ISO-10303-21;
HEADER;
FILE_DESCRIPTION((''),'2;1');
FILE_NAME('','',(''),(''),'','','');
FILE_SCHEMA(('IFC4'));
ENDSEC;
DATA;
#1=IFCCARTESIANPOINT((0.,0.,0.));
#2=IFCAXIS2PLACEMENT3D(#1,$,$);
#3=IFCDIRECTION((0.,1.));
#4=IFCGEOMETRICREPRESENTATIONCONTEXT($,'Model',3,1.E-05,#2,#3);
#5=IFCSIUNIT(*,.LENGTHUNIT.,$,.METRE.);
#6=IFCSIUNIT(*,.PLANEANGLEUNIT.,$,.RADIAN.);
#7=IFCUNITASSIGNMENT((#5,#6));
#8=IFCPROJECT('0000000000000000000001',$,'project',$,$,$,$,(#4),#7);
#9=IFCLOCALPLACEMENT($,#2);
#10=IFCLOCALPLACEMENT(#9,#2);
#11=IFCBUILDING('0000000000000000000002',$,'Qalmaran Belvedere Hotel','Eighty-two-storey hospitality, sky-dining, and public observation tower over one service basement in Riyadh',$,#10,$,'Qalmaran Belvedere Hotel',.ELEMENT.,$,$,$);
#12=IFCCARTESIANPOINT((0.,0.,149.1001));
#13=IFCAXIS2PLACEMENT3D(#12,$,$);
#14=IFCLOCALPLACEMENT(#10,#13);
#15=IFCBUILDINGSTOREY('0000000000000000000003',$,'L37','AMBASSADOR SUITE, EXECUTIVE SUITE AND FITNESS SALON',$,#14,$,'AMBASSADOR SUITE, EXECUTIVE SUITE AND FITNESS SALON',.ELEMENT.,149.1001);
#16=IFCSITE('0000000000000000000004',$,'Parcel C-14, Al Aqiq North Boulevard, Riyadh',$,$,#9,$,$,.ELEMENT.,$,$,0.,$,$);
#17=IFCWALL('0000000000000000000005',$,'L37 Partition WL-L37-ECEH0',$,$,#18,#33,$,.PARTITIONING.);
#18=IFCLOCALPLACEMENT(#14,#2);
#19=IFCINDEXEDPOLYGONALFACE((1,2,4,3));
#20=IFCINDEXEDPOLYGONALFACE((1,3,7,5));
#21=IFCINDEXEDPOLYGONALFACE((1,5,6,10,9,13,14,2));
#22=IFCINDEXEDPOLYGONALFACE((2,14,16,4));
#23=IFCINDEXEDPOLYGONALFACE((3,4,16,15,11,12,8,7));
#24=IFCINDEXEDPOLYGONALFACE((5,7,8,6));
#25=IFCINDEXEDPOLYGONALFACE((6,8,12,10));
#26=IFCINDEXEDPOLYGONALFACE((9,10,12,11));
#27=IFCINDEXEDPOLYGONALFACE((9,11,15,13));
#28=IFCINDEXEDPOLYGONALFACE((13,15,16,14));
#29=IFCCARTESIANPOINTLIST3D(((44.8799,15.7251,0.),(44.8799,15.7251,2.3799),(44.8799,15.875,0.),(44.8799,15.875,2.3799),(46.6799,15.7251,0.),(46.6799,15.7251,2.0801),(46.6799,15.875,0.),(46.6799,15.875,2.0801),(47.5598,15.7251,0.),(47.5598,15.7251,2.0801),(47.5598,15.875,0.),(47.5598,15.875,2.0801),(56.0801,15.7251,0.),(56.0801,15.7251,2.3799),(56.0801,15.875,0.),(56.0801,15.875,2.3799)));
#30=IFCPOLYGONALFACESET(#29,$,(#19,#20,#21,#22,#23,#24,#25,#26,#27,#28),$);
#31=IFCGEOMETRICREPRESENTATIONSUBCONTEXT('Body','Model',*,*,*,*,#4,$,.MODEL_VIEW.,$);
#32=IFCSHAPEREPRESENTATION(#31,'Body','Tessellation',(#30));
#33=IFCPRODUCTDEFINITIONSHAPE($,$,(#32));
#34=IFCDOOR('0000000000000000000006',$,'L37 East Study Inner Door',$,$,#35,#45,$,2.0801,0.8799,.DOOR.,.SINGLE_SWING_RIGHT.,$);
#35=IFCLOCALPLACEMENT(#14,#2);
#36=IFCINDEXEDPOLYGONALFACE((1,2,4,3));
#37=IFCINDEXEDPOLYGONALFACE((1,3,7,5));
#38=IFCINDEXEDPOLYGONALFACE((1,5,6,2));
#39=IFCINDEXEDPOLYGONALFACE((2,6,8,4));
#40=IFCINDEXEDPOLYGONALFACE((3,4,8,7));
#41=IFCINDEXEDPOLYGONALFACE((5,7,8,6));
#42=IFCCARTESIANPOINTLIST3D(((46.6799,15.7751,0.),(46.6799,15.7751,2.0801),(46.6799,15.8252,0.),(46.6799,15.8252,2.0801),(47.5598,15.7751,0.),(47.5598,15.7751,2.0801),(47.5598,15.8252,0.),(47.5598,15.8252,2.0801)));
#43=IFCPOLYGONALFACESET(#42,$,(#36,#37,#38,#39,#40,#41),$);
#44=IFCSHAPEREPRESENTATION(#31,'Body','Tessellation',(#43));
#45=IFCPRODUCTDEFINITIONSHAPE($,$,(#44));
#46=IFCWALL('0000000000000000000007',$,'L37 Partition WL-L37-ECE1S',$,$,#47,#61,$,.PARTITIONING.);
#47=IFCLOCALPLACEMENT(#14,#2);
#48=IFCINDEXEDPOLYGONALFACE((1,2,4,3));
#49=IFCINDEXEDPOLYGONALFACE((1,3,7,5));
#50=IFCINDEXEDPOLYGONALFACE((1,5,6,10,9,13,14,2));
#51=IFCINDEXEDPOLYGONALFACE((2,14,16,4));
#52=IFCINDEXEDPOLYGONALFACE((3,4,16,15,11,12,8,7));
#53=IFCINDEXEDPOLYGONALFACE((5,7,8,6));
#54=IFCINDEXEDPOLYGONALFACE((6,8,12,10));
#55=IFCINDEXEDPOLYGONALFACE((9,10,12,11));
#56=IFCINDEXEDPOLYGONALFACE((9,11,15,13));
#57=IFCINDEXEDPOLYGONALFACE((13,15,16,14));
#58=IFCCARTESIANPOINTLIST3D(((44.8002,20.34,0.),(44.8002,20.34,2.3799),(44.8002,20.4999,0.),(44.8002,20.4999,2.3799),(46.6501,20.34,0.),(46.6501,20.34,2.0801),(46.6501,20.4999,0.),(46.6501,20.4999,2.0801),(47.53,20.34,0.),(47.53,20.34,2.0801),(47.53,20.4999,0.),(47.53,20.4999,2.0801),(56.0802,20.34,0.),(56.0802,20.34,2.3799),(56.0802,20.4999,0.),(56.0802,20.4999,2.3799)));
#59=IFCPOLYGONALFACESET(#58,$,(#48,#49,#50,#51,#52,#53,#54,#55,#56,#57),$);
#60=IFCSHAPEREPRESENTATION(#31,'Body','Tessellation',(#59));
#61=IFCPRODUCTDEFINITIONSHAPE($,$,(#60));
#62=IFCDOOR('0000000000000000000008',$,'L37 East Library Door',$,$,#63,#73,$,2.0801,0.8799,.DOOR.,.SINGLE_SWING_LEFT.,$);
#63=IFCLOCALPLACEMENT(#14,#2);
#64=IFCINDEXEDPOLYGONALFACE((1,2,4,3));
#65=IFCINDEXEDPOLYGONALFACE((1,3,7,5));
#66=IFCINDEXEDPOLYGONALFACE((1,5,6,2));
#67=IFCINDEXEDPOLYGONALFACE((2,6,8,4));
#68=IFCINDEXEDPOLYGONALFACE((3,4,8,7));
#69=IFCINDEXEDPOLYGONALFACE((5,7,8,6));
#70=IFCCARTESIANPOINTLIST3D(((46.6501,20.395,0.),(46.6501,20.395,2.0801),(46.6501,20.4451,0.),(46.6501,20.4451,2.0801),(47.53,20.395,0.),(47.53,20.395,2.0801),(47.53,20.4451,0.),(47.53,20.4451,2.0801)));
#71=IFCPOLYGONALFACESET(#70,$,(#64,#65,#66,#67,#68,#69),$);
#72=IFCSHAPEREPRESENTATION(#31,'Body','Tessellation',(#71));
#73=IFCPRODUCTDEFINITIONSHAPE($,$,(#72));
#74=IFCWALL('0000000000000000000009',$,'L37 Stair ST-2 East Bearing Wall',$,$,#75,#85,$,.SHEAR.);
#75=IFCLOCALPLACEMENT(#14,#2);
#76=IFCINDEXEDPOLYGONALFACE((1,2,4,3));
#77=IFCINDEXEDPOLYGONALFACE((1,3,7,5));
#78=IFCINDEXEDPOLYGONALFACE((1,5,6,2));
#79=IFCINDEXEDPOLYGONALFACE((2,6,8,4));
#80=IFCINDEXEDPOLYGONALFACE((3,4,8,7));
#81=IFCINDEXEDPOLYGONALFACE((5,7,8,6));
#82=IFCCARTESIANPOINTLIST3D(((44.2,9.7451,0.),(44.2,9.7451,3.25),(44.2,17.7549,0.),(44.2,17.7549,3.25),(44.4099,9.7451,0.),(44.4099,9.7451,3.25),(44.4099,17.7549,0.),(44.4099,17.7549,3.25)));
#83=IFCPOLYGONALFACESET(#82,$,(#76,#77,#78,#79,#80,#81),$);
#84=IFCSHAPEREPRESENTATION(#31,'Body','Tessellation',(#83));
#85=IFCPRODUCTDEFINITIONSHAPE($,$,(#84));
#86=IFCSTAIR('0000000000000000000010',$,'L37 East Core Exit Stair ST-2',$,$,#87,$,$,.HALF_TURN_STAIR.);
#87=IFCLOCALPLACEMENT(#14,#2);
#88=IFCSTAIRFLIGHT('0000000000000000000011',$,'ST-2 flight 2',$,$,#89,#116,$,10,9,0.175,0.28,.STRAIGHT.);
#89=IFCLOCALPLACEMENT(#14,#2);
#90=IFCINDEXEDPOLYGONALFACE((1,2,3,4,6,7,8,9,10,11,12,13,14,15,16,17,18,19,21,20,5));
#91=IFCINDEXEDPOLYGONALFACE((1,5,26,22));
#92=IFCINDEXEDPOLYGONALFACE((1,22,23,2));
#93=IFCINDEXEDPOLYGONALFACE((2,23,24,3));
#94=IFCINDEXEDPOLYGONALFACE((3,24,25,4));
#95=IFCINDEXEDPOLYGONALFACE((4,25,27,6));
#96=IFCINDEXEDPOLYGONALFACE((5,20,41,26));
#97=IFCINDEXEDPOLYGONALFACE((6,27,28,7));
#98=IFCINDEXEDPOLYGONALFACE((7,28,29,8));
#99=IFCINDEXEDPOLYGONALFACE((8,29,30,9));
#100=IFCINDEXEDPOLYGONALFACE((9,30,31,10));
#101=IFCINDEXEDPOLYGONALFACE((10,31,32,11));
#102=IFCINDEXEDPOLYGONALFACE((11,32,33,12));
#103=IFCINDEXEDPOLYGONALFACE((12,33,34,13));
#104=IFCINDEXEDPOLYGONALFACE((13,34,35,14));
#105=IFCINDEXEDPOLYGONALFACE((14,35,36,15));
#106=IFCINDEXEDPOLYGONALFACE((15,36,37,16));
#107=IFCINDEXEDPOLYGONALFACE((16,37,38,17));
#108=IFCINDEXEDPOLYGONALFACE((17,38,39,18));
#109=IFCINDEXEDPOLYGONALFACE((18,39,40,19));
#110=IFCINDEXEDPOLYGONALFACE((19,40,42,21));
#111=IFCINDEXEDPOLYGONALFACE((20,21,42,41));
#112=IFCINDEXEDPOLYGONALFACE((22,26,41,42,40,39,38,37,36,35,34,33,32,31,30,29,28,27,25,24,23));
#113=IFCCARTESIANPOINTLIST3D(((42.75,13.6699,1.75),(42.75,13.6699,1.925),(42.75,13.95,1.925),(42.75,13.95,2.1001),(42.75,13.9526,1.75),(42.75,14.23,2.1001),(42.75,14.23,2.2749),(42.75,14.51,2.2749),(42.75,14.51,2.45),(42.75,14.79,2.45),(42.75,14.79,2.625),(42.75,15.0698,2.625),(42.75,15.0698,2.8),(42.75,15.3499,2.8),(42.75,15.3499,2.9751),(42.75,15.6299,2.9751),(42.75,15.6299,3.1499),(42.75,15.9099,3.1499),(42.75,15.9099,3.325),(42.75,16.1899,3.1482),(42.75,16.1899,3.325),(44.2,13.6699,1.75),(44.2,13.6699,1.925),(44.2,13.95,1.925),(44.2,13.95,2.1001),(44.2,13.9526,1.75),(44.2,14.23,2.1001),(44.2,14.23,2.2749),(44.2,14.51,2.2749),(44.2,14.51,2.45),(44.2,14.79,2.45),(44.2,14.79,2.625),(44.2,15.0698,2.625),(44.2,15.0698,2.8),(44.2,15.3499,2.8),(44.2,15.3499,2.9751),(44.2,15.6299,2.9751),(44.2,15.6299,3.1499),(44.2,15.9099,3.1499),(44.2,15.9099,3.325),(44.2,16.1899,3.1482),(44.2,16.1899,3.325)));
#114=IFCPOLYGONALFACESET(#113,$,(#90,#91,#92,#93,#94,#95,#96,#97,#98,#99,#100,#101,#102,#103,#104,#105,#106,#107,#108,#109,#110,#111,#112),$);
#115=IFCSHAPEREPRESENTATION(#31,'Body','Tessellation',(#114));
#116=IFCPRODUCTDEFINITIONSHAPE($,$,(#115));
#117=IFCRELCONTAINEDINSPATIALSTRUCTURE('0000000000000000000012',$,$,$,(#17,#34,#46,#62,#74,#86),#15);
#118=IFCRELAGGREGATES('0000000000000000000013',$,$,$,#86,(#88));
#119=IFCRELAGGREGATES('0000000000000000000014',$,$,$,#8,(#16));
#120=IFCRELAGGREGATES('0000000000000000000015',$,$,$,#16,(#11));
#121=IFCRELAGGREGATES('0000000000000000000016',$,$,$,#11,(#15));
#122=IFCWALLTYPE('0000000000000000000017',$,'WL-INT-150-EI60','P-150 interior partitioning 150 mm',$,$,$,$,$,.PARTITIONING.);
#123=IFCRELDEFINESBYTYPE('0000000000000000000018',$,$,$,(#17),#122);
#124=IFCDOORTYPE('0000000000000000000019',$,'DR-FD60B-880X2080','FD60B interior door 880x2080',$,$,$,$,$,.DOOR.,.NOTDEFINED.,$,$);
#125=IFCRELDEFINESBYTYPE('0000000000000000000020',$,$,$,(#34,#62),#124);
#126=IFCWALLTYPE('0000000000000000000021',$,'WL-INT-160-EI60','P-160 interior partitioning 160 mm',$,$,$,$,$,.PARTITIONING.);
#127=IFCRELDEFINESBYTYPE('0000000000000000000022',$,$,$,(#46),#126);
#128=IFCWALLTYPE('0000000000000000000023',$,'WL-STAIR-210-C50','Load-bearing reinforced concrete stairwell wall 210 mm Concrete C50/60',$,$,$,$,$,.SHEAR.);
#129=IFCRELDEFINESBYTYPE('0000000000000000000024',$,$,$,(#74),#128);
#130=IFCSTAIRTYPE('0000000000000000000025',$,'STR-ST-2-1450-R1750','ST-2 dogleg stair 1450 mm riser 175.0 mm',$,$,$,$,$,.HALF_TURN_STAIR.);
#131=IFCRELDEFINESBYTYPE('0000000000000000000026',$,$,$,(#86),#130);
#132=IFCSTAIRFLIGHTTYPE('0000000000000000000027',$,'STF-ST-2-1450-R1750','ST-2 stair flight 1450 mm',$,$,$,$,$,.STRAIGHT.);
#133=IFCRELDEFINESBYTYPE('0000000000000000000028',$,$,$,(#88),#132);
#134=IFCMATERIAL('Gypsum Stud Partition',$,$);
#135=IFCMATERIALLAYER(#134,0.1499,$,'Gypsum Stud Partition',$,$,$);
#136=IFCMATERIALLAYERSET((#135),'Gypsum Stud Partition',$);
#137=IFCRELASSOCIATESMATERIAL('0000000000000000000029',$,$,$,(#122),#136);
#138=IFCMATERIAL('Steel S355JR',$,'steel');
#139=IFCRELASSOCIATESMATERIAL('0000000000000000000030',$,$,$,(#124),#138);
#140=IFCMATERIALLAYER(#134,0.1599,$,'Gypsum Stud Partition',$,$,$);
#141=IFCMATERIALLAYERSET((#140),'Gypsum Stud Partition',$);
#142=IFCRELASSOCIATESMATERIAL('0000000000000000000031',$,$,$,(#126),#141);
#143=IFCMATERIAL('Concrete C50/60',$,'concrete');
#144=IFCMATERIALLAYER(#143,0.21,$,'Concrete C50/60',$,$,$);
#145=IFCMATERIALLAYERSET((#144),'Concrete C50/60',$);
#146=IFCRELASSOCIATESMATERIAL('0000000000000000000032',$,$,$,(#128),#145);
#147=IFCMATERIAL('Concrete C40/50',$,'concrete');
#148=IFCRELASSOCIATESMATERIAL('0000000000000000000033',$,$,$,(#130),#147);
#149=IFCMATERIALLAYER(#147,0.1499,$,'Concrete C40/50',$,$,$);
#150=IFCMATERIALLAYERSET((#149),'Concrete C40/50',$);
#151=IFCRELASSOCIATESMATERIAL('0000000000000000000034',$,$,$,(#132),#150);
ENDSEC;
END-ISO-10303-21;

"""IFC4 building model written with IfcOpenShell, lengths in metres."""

from ifc_helpers import new_model, si_unit, direction, frame, frame_2d, origin, place, context, subcontext, project, spatial, polyline, rectangle, outline, extrude, material, layer, layer_set, type_object, element, fill, aggregate, save


model = new_model("IFC4")

# Units and contexts
model_context = context("Model", 3, precision=1e-05, world=origin(), true_north=direction((0.0, 1.0)))
body_context = subcontext(model_context, "Body", "Model", "MODEL_VIEW")
ifc_project = project(units=[si_unit("LENGTHUNIT", "METRE"), si_unit("PLANEANGLEUNIT", "RADIAN")], contexts=[model_context])

# Site, building, storey
site_placement = place(None, origin())
site = spatial("IfcSite", under=ifc_project, at=site_placement, Name="Parcel C-14, Al Aqiq North Boulevard, Riyadh", CompositionType="ELEMENT", RefElevation=0.0)
building_placement = place(site_placement, origin())
building = spatial("IfcBuilding", under=site, at=building_placement, Name="Qalmaran Belvedere Hotel", Description="Eighty-two-storey hospitality, sky-dining, and public observation tower over one service basement in Riyadh", LongName="Qalmaran Belvedere Hotel", CompositionType="ELEMENT")
storey_placement = place(building_placement, frame((0.0, 0.0, 149.1001)))
storey = spatial("IfcBuildingStorey", under=building, at=storey_placement, Name="L37", Description="AMBASSADOR SUITE, EXECUTIVE SUITE AND FITNESS SALON", LongName="AMBASSADOR SUITE, EXECUTIVE SUITE AND FITNESS SALON", CompositionType="ELEMENT", Elevation=149.1001)

# Shared definitions
ifc_material_1 = material(Name="Concrete C50/60", Category="concrete")

# Shared definitions
ifc_material_2 = material(Name="Steel S355JR", Category="steel")

# Walls, openings, doors
ifc_material_3 = material(Name="Gypsum Stud Partition")
ifc_layer_1 = layer(ifc_material_3, 0.1499, Name="Gypsum Stud Partition")
ifc_layer_set_1 = layer_set([ifc_layer_1], Name="Gypsum Stud Partition")
wall_type_1 = type_object("IfcWallType", Name="WL-INT-150-EI60", Description="P-150 interior partitioning 150 mm", PredefinedType="PARTITIONING", material=ifc_layer_set_1)
wall_1_placement = place(storey_placement, frame((44.8799, 15.8, 0.0), z_axis=(0.0, 0.0, 1.0), x_axis=(1.0, 0.0, 0.0)))
wall_1 = element("IfcWall", 1, at=wall_1_placement, inside=storey, type_object=wall_type_1, Name="L37 Partition WL-L37-ECEH0", PredefinedType="PARTITIONING", context=body_context, shape_type="SweptSolid", body=[
    extrude(rectangle(XDim=11.2002, YDim=0.1499, at=frame_2d((5.6001, 0.0))), origin(), (0.0, 0.0, 1.0), 2.3799),
])
opening_1_placement = place(wall_1_placement, frame((2.6799, 0.0, 0.0), z_axis=(0.0, 0.0, 1.0), x_axis=(-1.0, 0.0, 0.0)))
opening_1 = element("IfcOpeningElement", 2, at=opening_1_placement, cuts=wall_1, PredefinedType="OPENING", context=body_context, shape_type="SweptSolid", body=[
    extrude(rectangle(XDim=0.8799, YDim=2.0801, at=frame_2d((0.4399, 1.04))), frame((0.0, 0.085, 0.0), z_axis=(0.0, -1.0, 0.0), x_axis=(1.0, 0.0, 0.0)), (0.0, 0.0, 1.0), 0.1699),
])
door_type = type_object("IfcDoorType", Name="DR-FD60B-880X2080", Description="FD60B interior door 880x2080", OperationType="NOTDEFINED", PredefinedType="DOOR", material=ifc_material_2)
door_1_placement = place(opening_1_placement, origin())
door_1 = element("IfcDoor", 3, at=door_1_placement, inside=storey, type_object=door_type, Name="L37 East Study Inner Door", OperationType="SINGLE_SWING_RIGHT", OverallHeight=2.0801, OverallWidth=0.8799, PredefinedType="DOOR", context=body_context, shape_type="SweptSolid", body=[
    extrude(rectangle(XDim=0.8799, YDim=2.0801, at=frame_2d((0.4399, 1.04))), frame((0.0, 0.0249, 0.0), z_axis=(0.0, -1.0, 0.0), x_axis=(1.0, 0.0, 0.0)), (0.0, 0.0, 1.0), 0.05),
])
fill(opening_1, door_1)
ifc_layer_2 = layer(ifc_material_3, 0.1599, Name="Gypsum Stud Partition")
ifc_layer_set_2 = layer_set([ifc_layer_2], Name="Gypsum Stud Partition")
wall_type_2 = type_object("IfcWallType", Name="WL-INT-160-EI60", Description="P-160 interior partitioning 160 mm", PredefinedType="PARTITIONING", material=ifc_layer_set_2)
wall_2_placement = place(storey_placement, frame((44.8, 20.4199, 0.0), z_axis=(0.0, 0.0, 1.0), x_axis=(1.0, 0.0, 0.0)))
wall_2 = element("IfcWall", 4, at=wall_2_placement, inside=storey, type_object=wall_type_2, Name="L37 Partition WL-L37-ECE1S", PredefinedType="PARTITIONING", context=body_context, shape_type="SweptSolid", body=[
    extrude(rectangle(XDim=11.28, YDim=0.1599, at=frame_2d((5.6401, 0.0))), origin(), (0.0, 0.0, 1.0), 2.3799),
])
opening_2_placement = place(wall_2_placement, frame((2.73, 0.0, 0.0), z_axis=(0.0, 0.0, 1.0), x_axis=(-1.0, 0.0, 0.0)))
opening_2 = element("IfcOpeningElement", 5, at=opening_2_placement, cuts=wall_2, PredefinedType="OPENING", context=body_context, shape_type="SweptSolid", body=[
    extrude(rectangle(XDim=0.8799, YDim=2.0801, at=frame_2d((0.4399, 1.04))), frame((0.0, 0.0898, 0.0), z_axis=(0.0, -1.0, 0.0), x_axis=(1.0, 0.0, 0.0)), (0.0, 0.0, 1.0), 0.1799),
])
door_2_placement = place(opening_2_placement, origin())
door_2 = element("IfcDoor", 6, at=door_2_placement, inside=storey, type_object=door_type, Name="L37 East Library Door", OperationType="SINGLE_SWING_LEFT", OverallHeight=2.0801, OverallWidth=0.8799, PredefinedType="DOOR", context=body_context, shape_type="SweptSolid", body=[
    extrude(rectangle(XDim=0.8799, YDim=2.0801, at=frame_2d((0.4399, 1.04))), frame((0.0, 0.0249, 0.0), z_axis=(0.0, -1.0, 0.0), x_axis=(1.0, 0.0, 0.0)), (0.0, 0.0, 1.0), 0.05),
])
fill(opening_2, door_2)

# Wall
ifc_layer_3 = layer(ifc_material_1, 0.21, Name="Concrete C50/60")
ifc_layer_set_3 = layer_set([ifc_layer_3], Name="Concrete C50/60")
wall_type_3 = type_object("IfcWallType", Name="WL-STAIR-210-C50", Description="Load-bearing reinforced concrete stairwell wall 210 mm Concrete C50/60", PredefinedType="SHEAR", material=ifc_layer_set_3)
wall_3_placement = place(storey_placement, frame((44.3049, 9.7451, 0.0), z_axis=(0.0, 0.0, 1.0), x_axis=(0.0, 1.0, 0.0)))
element("IfcWall", 7, at=wall_3_placement, inside=storey, type_object=wall_type_3, Name="L37 Stair ST-2 East Bearing Wall", PredefinedType="SHEAR", context=body_context, shape_type="SweptSolid", body=[
    extrude(rectangle(XDim=8.0098, YDim=0.21, at=frame_2d((4.0049, 0.0))), origin(), (0.0, 0.0, 1.0), 3.25),
])

# Stair, stair flight
ifc_material_4 = material(Name="Concrete C40/50", Category="concrete")
stair_type = type_object("IfcStairType", Name="STR-ST-2-1450-R1750", Description="ST-2 dogleg stair 1450 mm riser 175.0 mm", PredefinedType="HALF_TURN_STAIR", material=ifc_material_4)
stair_placement = place(storey_placement, origin())
stair = element("IfcStair", 8, at=stair_placement, inside=storey, type_object=stair_type, Name="L37 East Core Exit Stair ST-2", PredefinedType="HALF_TURN_STAIR")
ifc_layer_4 = layer(ifc_material_4, 0.1499, Name="Concrete C40/50")
ifc_layer_set_4 = layer_set([ifc_layer_4], Name="Concrete C40/50")
stair_flight_type = type_object("IfcStairFlightType", Name="STF-ST-2-1450-R1750", Description="ST-2 stair flight 1450 mm", PredefinedType="STRAIGHT", material=ifc_layer_set_4)
stair_flight_placement = place(storey_placement, frame((43.4751, 13.6699, 1.75), z_axis=(0.0, 0.0, 1.0), x_axis=(0.0, 1.0, 0.0)))
stair_flight = element("IfcStairFlight", 9, at=stair_flight_placement, type_object=stair_flight_type, Name="ST-2 flight 2", NumberOfRisers=10, NumberOfTreads=9, PredefinedType="STRAIGHT", RiserHeight=0.175, TreadLength=0.28, context=body_context, shape_type="SweptSolid", body=[
    extrude(outline(polyline([(0.0, 0.0), (0.0, 0.175), (0.28, 0.175), (0.28, 0.3501), (0.5601, 0.3501), (0.5601, 0.5249), (0.8401, 0.5249), (0.8401, 0.7), (1.1201, 0.7), (1.1201, 0.875), (1.3999, 0.875), (1.3999, 1.05), (1.6799, 1.05), (1.6799, 1.2251), (1.96, 1.2251), (1.96, 1.3999), (2.24, 1.3999), (2.24, 1.575), (2.52, 1.575), (2.52, 1.75), (2.52, 1.3982), (0.2827, 0.0), (0.0, 0.0)])), frame((0.0, 0.7251, 0.0), z_axis=(0.0, -1.0, 0.0), x_axis=(1.0, 0.0, 0.0)), (0.0, 0.0, 1.0), 1.45),
])
aggregate(stair, [stair_flight])

save(model, "model.ifc")
